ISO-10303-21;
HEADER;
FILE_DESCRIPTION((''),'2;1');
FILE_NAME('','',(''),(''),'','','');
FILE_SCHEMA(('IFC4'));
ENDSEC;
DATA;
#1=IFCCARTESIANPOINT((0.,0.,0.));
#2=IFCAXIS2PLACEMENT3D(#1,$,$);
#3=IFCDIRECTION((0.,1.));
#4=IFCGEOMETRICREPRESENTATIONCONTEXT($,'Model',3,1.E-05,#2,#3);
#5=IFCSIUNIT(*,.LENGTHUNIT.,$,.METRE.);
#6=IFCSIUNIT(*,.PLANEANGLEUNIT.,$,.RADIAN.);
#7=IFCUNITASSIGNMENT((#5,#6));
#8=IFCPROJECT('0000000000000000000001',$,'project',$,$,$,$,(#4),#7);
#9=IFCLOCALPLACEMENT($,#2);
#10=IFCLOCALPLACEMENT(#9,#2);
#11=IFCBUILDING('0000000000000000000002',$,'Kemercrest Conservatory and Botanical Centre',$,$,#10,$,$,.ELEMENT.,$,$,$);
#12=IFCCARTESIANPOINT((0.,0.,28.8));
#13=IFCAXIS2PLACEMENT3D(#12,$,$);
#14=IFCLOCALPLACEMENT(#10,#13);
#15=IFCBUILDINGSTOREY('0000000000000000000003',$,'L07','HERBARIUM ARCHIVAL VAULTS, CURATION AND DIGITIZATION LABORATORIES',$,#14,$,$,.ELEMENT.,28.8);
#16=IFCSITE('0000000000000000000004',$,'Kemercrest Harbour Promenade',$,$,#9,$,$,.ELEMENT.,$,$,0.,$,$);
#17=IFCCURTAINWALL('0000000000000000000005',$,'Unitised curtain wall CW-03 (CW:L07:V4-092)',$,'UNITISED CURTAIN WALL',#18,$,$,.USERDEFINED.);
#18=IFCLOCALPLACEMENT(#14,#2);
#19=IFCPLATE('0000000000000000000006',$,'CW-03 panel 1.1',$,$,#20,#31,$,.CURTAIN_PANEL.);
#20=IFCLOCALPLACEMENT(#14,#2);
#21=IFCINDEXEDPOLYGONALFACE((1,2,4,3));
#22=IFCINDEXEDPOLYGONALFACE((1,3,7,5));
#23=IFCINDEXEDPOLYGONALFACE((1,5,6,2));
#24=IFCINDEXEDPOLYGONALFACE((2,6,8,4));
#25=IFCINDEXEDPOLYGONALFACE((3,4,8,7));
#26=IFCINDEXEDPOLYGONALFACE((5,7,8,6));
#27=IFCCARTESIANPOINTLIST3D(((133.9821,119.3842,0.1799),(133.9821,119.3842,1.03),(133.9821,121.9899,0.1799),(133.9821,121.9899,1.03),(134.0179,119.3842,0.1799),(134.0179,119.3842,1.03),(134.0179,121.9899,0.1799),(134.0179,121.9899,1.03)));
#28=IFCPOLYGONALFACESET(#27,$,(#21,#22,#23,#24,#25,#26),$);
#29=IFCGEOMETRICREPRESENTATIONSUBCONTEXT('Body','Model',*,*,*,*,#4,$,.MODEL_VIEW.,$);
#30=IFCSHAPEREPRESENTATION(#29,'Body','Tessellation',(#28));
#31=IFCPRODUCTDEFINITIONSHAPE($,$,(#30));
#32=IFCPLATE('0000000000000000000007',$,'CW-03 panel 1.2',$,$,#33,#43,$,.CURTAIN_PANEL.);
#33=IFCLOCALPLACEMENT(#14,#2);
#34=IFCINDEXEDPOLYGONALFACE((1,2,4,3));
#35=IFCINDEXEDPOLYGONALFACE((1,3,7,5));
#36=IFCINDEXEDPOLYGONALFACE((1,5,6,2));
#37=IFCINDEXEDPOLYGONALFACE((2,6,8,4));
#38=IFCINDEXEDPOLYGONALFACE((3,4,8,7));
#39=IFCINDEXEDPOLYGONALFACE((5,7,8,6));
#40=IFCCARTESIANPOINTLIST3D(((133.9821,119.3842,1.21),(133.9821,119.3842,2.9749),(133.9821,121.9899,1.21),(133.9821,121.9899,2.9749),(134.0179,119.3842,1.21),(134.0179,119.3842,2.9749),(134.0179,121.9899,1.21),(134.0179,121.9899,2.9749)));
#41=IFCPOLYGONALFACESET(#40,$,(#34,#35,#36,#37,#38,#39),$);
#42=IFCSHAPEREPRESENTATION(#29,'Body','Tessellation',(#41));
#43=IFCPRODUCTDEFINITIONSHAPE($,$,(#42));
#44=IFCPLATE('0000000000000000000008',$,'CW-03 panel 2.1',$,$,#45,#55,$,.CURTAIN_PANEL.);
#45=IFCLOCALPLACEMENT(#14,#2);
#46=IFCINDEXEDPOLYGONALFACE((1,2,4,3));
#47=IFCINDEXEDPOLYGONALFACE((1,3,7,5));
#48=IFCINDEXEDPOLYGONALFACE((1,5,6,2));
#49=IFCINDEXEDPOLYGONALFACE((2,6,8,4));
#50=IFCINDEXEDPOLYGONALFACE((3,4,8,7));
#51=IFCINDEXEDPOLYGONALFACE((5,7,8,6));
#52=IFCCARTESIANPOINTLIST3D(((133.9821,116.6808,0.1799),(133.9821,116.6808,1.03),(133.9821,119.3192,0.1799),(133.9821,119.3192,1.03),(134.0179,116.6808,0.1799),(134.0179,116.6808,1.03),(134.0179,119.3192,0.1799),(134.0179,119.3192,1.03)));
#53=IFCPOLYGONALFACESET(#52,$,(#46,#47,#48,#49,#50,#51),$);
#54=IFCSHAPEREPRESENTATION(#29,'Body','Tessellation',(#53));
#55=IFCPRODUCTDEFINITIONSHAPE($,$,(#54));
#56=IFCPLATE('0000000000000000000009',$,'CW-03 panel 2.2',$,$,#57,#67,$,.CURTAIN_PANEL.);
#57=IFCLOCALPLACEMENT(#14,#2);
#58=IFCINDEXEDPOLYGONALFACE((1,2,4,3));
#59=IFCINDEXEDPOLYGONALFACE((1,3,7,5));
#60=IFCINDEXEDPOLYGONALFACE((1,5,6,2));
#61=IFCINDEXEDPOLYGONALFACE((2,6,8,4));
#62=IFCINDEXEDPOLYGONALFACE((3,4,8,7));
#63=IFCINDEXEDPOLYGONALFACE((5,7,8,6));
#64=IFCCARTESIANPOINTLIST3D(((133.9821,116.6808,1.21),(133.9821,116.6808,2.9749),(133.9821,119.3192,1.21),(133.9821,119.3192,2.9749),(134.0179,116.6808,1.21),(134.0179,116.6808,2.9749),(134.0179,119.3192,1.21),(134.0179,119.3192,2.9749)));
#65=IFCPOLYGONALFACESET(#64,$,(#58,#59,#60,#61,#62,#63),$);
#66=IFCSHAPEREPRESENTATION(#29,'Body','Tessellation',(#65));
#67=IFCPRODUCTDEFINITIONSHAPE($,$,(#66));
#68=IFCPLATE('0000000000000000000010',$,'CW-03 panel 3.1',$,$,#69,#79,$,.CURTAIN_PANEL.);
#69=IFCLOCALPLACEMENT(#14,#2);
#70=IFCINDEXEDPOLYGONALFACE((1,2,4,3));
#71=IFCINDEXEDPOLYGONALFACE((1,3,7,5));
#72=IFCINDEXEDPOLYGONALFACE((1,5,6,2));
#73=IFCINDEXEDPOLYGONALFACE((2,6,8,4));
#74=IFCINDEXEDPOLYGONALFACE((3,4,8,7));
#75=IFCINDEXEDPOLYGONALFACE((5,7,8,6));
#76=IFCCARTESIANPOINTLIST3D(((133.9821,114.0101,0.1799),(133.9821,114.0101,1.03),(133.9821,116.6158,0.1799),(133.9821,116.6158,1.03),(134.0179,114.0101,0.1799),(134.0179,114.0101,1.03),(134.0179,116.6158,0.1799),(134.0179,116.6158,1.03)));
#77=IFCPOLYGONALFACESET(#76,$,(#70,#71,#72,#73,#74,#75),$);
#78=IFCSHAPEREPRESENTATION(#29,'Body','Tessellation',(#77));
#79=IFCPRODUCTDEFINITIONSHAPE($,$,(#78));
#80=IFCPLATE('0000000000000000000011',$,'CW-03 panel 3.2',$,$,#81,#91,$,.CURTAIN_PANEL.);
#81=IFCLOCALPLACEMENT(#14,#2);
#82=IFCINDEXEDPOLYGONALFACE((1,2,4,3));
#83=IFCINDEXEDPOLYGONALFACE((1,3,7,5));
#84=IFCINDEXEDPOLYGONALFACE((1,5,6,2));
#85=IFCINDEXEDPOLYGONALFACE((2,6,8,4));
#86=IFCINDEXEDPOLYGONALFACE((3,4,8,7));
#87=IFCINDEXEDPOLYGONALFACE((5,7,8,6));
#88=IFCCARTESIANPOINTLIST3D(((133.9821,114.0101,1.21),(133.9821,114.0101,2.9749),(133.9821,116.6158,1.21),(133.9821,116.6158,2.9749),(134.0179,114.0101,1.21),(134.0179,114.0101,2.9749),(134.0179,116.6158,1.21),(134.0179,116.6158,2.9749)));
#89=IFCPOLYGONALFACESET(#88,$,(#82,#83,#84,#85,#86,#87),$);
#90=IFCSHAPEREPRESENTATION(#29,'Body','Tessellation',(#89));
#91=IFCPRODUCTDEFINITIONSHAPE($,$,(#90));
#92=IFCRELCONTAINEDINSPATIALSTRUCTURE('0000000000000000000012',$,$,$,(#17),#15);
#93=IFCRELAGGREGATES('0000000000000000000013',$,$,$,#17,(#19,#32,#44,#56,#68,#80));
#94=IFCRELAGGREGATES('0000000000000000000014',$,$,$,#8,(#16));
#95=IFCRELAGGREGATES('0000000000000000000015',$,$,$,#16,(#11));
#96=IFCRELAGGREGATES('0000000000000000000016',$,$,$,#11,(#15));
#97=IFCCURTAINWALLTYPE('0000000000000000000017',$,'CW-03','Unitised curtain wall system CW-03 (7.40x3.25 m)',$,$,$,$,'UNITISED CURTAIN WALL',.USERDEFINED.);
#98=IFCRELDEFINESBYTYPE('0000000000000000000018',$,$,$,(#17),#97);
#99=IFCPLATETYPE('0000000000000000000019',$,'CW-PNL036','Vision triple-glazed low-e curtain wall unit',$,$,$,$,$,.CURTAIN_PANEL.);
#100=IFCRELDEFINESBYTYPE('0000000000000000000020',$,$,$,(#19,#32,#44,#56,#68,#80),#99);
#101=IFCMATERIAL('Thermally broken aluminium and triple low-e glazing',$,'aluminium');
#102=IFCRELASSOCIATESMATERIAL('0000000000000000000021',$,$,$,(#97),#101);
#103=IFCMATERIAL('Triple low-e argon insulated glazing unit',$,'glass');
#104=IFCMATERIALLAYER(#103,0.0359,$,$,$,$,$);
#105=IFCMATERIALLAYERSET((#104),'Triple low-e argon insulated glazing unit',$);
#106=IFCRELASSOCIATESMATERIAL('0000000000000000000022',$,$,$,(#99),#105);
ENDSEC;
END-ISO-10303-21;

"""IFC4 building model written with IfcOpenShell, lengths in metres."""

from ifc_helpers import new_model, si_unit, direction, frame, origin, origin_2d, place, context, subcontext, project, spatial, rectangle, extrude, material, layer, layer_set, type_object, element, aggregate, save


model = new_model("IFC4")

# Units and contexts
model_context = context("Model", 3, precision=1e-05, world=origin(), true_north=direction((0.0, 1.0)))
body_context = subcontext(model_context, "Body", "Model", "MODEL_VIEW")
ifc_project = project(units=[si_unit("LENGTHUNIT", "METRE"), si_unit("PLANEANGLEUNIT", "RADIAN")], contexts=[model_context])

# Site, building, storey
site_placement = place(None, origin())
site = spatial("IfcSite", under=ifc_project, at=site_placement, Name="Kemercrest Harbour Promenade", CompositionType="ELEMENT", RefElevation=0.0)
building_placement = place(site_placement, origin())
building = spatial("IfcBuilding", under=site, at=building_placement, Name="Kemercrest Conservatory and Botanical Centre", CompositionType="ELEMENT")
storey_placement = place(building_placement, frame((0.0, 0.0, 28.8)))
storey = spatial("IfcBuildingStorey", under=building, at=storey_placement, Name="L07", Description="HERBARIUM ARCHIVAL VAULTS, CURATION AND DIGITIZATION LABORATORIES", CompositionType="ELEMENT", Elevation=28.8)

# Curtain wall
ifc_material_1 = material(Name="Thermally broken aluminium and triple low-e glazing", Category="aluminium")
curtain_wall_type = type_object("IfcCurtainWallType", Name="CW-03", Description="Unitised curtain wall system CW-03 (7.40x3.25 m)", ElementType="UNITISED CURTAIN WALL", PredefinedType="USERDEFINED", material=ifc_material_1)
curtain_wall_placement = place(storey_placement, origin())
curtain_wall = element("IfcCurtainWall", 1, at=curtain_wall_placement, inside=storey, type_object=curtain_wall_type, Name="Unitised curtain wall CW-03 (CW:L07:V4-092)", ObjectType="UNITISED CURTAIN WALL", PredefinedType="USERDEFINED")

# Plates
ifc_material_2 = material(Name="Triple low-e argon insulated glazing unit", Category="glass")
ifc_layer = layer(ifc_material_2, 0.0359)
ifc_layer_set = layer_set([ifc_layer], Name="Triple low-e argon insulated glazing unit")
plate_type = type_object("IfcPlateType", Name="CW-PNL036", Description="Vision triple-glazed low-e curtain wall unit", PredefinedType="CURTAIN_PANEL", material=ifc_layer_set)
plate_1_placement = place(storey_placement, frame((134.0, 120.687, 0.1799), z_axis=(0.0, 0.0, 1.0), x_axis=(0.0, -1.0, 0.0)))
plate_1 = element("IfcPlate", 2, at=plate_1_placement, type_object=plate_type, Name="CW-03 panel 1.1", PredefinedType="CURTAIN_PANEL", context=body_context, shape_type="SweptSolid", body=[
    extrude(rectangle(XDim=2.6057, YDim=0.0359, at=origin_2d()), origin(), (0.0, 0.0, 1.0), 0.8501),
])
plate_2_placement = place(storey_placement, frame((134.0, 120.687, 1.21), z_axis=(0.0, 0.0, 1.0), x_axis=(0.0, -1.0, 0.0)))
plate_2 = element("IfcPlate", 3, at=plate_2_placement, type_object=plate_type, Name="CW-03 panel 1.2", PredefinedType="CURTAIN_PANEL", context=body_context, shape_type="SweptSolid", body=[
    extrude(rectangle(XDim=2.6057, YDim=0.0359, at=origin_2d()), origin(), (0.0, 0.0, 1.0), 1.7649),
])
plate_3_placement = place(storey_placement, frame((134.0, 118.0, 0.1799), z_axis=(0.0, 0.0, 1.0), x_axis=(0.0, -1.0, 0.0)))
plate_3 = element("IfcPlate", 4, at=plate_3_placement, type_object=plate_type, Name="CW-03 panel 2.1", PredefinedType="CURTAIN_PANEL", context=body_context, shape_type="SweptSolid", body=[
    extrude(rectangle(XDim=2.6384, YDim=0.0359, at=origin_2d()), origin(), (0.0, 0.0, 1.0), 0.8501),
])
plate_4_placement = place(storey_placement, frame((134.0, 118.0, 1.21), z_axis=(0.0, 0.0, 1.0), x_axis=(0.0, -1.0, 0.0)))
plate_4 = element("IfcPlate", 5, at=plate_4_placement, type_object=plate_type, Name="CW-03 panel 2.2", PredefinedType="CURTAIN_PANEL", context=body_context, shape_type="SweptSolid", body=[
    extrude(rectangle(XDim=2.6384, YDim=0.0359, at=origin_2d()), origin(), (0.0, 0.0, 1.0), 1.7649),
])
plate_5_placement = place(storey_placement, frame((134.0, 115.313, 0.1799), z_axis=(0.0, 0.0, 1.0), x_axis=(0.0, -1.0, 0.0)))
plate_5 = element("IfcPlate", 6, at=plate_5_placement, type_object=plate_type, Name="CW-03 panel 3.1", PredefinedType="CURTAIN_PANEL", context=body_context, shape_type="SweptSolid", body=[
    extrude(rectangle(XDim=2.6057, YDim=0.0359, at=origin_2d()), origin(), (0.0, 0.0, 1.0), 0.8501),
])
plate_6_placement = place(storey_placement, frame((134.0, 115.313, 1.21), z_axis=(0.0, 0.0, 1.0), x_axis=(0.0, -1.0, 0.0)))
plate_6 = element("IfcPlate", 7, at=plate_6_placement, type_object=plate_type, Name="CW-03 panel 3.2", PredefinedType="CURTAIN_PANEL", context=body_context, shape_type="SweptSolid", body=[
    extrude(rectangle(XDim=2.6057, YDim=0.0359, at=origin_2d()), origin(), (0.0, 0.0, 1.0), 1.7649),
])
aggregate(curtain_wall, [plate_1, plate_2, plate_3, plate_4, plate_5, plate_6])

save(model, "model.ifc")
